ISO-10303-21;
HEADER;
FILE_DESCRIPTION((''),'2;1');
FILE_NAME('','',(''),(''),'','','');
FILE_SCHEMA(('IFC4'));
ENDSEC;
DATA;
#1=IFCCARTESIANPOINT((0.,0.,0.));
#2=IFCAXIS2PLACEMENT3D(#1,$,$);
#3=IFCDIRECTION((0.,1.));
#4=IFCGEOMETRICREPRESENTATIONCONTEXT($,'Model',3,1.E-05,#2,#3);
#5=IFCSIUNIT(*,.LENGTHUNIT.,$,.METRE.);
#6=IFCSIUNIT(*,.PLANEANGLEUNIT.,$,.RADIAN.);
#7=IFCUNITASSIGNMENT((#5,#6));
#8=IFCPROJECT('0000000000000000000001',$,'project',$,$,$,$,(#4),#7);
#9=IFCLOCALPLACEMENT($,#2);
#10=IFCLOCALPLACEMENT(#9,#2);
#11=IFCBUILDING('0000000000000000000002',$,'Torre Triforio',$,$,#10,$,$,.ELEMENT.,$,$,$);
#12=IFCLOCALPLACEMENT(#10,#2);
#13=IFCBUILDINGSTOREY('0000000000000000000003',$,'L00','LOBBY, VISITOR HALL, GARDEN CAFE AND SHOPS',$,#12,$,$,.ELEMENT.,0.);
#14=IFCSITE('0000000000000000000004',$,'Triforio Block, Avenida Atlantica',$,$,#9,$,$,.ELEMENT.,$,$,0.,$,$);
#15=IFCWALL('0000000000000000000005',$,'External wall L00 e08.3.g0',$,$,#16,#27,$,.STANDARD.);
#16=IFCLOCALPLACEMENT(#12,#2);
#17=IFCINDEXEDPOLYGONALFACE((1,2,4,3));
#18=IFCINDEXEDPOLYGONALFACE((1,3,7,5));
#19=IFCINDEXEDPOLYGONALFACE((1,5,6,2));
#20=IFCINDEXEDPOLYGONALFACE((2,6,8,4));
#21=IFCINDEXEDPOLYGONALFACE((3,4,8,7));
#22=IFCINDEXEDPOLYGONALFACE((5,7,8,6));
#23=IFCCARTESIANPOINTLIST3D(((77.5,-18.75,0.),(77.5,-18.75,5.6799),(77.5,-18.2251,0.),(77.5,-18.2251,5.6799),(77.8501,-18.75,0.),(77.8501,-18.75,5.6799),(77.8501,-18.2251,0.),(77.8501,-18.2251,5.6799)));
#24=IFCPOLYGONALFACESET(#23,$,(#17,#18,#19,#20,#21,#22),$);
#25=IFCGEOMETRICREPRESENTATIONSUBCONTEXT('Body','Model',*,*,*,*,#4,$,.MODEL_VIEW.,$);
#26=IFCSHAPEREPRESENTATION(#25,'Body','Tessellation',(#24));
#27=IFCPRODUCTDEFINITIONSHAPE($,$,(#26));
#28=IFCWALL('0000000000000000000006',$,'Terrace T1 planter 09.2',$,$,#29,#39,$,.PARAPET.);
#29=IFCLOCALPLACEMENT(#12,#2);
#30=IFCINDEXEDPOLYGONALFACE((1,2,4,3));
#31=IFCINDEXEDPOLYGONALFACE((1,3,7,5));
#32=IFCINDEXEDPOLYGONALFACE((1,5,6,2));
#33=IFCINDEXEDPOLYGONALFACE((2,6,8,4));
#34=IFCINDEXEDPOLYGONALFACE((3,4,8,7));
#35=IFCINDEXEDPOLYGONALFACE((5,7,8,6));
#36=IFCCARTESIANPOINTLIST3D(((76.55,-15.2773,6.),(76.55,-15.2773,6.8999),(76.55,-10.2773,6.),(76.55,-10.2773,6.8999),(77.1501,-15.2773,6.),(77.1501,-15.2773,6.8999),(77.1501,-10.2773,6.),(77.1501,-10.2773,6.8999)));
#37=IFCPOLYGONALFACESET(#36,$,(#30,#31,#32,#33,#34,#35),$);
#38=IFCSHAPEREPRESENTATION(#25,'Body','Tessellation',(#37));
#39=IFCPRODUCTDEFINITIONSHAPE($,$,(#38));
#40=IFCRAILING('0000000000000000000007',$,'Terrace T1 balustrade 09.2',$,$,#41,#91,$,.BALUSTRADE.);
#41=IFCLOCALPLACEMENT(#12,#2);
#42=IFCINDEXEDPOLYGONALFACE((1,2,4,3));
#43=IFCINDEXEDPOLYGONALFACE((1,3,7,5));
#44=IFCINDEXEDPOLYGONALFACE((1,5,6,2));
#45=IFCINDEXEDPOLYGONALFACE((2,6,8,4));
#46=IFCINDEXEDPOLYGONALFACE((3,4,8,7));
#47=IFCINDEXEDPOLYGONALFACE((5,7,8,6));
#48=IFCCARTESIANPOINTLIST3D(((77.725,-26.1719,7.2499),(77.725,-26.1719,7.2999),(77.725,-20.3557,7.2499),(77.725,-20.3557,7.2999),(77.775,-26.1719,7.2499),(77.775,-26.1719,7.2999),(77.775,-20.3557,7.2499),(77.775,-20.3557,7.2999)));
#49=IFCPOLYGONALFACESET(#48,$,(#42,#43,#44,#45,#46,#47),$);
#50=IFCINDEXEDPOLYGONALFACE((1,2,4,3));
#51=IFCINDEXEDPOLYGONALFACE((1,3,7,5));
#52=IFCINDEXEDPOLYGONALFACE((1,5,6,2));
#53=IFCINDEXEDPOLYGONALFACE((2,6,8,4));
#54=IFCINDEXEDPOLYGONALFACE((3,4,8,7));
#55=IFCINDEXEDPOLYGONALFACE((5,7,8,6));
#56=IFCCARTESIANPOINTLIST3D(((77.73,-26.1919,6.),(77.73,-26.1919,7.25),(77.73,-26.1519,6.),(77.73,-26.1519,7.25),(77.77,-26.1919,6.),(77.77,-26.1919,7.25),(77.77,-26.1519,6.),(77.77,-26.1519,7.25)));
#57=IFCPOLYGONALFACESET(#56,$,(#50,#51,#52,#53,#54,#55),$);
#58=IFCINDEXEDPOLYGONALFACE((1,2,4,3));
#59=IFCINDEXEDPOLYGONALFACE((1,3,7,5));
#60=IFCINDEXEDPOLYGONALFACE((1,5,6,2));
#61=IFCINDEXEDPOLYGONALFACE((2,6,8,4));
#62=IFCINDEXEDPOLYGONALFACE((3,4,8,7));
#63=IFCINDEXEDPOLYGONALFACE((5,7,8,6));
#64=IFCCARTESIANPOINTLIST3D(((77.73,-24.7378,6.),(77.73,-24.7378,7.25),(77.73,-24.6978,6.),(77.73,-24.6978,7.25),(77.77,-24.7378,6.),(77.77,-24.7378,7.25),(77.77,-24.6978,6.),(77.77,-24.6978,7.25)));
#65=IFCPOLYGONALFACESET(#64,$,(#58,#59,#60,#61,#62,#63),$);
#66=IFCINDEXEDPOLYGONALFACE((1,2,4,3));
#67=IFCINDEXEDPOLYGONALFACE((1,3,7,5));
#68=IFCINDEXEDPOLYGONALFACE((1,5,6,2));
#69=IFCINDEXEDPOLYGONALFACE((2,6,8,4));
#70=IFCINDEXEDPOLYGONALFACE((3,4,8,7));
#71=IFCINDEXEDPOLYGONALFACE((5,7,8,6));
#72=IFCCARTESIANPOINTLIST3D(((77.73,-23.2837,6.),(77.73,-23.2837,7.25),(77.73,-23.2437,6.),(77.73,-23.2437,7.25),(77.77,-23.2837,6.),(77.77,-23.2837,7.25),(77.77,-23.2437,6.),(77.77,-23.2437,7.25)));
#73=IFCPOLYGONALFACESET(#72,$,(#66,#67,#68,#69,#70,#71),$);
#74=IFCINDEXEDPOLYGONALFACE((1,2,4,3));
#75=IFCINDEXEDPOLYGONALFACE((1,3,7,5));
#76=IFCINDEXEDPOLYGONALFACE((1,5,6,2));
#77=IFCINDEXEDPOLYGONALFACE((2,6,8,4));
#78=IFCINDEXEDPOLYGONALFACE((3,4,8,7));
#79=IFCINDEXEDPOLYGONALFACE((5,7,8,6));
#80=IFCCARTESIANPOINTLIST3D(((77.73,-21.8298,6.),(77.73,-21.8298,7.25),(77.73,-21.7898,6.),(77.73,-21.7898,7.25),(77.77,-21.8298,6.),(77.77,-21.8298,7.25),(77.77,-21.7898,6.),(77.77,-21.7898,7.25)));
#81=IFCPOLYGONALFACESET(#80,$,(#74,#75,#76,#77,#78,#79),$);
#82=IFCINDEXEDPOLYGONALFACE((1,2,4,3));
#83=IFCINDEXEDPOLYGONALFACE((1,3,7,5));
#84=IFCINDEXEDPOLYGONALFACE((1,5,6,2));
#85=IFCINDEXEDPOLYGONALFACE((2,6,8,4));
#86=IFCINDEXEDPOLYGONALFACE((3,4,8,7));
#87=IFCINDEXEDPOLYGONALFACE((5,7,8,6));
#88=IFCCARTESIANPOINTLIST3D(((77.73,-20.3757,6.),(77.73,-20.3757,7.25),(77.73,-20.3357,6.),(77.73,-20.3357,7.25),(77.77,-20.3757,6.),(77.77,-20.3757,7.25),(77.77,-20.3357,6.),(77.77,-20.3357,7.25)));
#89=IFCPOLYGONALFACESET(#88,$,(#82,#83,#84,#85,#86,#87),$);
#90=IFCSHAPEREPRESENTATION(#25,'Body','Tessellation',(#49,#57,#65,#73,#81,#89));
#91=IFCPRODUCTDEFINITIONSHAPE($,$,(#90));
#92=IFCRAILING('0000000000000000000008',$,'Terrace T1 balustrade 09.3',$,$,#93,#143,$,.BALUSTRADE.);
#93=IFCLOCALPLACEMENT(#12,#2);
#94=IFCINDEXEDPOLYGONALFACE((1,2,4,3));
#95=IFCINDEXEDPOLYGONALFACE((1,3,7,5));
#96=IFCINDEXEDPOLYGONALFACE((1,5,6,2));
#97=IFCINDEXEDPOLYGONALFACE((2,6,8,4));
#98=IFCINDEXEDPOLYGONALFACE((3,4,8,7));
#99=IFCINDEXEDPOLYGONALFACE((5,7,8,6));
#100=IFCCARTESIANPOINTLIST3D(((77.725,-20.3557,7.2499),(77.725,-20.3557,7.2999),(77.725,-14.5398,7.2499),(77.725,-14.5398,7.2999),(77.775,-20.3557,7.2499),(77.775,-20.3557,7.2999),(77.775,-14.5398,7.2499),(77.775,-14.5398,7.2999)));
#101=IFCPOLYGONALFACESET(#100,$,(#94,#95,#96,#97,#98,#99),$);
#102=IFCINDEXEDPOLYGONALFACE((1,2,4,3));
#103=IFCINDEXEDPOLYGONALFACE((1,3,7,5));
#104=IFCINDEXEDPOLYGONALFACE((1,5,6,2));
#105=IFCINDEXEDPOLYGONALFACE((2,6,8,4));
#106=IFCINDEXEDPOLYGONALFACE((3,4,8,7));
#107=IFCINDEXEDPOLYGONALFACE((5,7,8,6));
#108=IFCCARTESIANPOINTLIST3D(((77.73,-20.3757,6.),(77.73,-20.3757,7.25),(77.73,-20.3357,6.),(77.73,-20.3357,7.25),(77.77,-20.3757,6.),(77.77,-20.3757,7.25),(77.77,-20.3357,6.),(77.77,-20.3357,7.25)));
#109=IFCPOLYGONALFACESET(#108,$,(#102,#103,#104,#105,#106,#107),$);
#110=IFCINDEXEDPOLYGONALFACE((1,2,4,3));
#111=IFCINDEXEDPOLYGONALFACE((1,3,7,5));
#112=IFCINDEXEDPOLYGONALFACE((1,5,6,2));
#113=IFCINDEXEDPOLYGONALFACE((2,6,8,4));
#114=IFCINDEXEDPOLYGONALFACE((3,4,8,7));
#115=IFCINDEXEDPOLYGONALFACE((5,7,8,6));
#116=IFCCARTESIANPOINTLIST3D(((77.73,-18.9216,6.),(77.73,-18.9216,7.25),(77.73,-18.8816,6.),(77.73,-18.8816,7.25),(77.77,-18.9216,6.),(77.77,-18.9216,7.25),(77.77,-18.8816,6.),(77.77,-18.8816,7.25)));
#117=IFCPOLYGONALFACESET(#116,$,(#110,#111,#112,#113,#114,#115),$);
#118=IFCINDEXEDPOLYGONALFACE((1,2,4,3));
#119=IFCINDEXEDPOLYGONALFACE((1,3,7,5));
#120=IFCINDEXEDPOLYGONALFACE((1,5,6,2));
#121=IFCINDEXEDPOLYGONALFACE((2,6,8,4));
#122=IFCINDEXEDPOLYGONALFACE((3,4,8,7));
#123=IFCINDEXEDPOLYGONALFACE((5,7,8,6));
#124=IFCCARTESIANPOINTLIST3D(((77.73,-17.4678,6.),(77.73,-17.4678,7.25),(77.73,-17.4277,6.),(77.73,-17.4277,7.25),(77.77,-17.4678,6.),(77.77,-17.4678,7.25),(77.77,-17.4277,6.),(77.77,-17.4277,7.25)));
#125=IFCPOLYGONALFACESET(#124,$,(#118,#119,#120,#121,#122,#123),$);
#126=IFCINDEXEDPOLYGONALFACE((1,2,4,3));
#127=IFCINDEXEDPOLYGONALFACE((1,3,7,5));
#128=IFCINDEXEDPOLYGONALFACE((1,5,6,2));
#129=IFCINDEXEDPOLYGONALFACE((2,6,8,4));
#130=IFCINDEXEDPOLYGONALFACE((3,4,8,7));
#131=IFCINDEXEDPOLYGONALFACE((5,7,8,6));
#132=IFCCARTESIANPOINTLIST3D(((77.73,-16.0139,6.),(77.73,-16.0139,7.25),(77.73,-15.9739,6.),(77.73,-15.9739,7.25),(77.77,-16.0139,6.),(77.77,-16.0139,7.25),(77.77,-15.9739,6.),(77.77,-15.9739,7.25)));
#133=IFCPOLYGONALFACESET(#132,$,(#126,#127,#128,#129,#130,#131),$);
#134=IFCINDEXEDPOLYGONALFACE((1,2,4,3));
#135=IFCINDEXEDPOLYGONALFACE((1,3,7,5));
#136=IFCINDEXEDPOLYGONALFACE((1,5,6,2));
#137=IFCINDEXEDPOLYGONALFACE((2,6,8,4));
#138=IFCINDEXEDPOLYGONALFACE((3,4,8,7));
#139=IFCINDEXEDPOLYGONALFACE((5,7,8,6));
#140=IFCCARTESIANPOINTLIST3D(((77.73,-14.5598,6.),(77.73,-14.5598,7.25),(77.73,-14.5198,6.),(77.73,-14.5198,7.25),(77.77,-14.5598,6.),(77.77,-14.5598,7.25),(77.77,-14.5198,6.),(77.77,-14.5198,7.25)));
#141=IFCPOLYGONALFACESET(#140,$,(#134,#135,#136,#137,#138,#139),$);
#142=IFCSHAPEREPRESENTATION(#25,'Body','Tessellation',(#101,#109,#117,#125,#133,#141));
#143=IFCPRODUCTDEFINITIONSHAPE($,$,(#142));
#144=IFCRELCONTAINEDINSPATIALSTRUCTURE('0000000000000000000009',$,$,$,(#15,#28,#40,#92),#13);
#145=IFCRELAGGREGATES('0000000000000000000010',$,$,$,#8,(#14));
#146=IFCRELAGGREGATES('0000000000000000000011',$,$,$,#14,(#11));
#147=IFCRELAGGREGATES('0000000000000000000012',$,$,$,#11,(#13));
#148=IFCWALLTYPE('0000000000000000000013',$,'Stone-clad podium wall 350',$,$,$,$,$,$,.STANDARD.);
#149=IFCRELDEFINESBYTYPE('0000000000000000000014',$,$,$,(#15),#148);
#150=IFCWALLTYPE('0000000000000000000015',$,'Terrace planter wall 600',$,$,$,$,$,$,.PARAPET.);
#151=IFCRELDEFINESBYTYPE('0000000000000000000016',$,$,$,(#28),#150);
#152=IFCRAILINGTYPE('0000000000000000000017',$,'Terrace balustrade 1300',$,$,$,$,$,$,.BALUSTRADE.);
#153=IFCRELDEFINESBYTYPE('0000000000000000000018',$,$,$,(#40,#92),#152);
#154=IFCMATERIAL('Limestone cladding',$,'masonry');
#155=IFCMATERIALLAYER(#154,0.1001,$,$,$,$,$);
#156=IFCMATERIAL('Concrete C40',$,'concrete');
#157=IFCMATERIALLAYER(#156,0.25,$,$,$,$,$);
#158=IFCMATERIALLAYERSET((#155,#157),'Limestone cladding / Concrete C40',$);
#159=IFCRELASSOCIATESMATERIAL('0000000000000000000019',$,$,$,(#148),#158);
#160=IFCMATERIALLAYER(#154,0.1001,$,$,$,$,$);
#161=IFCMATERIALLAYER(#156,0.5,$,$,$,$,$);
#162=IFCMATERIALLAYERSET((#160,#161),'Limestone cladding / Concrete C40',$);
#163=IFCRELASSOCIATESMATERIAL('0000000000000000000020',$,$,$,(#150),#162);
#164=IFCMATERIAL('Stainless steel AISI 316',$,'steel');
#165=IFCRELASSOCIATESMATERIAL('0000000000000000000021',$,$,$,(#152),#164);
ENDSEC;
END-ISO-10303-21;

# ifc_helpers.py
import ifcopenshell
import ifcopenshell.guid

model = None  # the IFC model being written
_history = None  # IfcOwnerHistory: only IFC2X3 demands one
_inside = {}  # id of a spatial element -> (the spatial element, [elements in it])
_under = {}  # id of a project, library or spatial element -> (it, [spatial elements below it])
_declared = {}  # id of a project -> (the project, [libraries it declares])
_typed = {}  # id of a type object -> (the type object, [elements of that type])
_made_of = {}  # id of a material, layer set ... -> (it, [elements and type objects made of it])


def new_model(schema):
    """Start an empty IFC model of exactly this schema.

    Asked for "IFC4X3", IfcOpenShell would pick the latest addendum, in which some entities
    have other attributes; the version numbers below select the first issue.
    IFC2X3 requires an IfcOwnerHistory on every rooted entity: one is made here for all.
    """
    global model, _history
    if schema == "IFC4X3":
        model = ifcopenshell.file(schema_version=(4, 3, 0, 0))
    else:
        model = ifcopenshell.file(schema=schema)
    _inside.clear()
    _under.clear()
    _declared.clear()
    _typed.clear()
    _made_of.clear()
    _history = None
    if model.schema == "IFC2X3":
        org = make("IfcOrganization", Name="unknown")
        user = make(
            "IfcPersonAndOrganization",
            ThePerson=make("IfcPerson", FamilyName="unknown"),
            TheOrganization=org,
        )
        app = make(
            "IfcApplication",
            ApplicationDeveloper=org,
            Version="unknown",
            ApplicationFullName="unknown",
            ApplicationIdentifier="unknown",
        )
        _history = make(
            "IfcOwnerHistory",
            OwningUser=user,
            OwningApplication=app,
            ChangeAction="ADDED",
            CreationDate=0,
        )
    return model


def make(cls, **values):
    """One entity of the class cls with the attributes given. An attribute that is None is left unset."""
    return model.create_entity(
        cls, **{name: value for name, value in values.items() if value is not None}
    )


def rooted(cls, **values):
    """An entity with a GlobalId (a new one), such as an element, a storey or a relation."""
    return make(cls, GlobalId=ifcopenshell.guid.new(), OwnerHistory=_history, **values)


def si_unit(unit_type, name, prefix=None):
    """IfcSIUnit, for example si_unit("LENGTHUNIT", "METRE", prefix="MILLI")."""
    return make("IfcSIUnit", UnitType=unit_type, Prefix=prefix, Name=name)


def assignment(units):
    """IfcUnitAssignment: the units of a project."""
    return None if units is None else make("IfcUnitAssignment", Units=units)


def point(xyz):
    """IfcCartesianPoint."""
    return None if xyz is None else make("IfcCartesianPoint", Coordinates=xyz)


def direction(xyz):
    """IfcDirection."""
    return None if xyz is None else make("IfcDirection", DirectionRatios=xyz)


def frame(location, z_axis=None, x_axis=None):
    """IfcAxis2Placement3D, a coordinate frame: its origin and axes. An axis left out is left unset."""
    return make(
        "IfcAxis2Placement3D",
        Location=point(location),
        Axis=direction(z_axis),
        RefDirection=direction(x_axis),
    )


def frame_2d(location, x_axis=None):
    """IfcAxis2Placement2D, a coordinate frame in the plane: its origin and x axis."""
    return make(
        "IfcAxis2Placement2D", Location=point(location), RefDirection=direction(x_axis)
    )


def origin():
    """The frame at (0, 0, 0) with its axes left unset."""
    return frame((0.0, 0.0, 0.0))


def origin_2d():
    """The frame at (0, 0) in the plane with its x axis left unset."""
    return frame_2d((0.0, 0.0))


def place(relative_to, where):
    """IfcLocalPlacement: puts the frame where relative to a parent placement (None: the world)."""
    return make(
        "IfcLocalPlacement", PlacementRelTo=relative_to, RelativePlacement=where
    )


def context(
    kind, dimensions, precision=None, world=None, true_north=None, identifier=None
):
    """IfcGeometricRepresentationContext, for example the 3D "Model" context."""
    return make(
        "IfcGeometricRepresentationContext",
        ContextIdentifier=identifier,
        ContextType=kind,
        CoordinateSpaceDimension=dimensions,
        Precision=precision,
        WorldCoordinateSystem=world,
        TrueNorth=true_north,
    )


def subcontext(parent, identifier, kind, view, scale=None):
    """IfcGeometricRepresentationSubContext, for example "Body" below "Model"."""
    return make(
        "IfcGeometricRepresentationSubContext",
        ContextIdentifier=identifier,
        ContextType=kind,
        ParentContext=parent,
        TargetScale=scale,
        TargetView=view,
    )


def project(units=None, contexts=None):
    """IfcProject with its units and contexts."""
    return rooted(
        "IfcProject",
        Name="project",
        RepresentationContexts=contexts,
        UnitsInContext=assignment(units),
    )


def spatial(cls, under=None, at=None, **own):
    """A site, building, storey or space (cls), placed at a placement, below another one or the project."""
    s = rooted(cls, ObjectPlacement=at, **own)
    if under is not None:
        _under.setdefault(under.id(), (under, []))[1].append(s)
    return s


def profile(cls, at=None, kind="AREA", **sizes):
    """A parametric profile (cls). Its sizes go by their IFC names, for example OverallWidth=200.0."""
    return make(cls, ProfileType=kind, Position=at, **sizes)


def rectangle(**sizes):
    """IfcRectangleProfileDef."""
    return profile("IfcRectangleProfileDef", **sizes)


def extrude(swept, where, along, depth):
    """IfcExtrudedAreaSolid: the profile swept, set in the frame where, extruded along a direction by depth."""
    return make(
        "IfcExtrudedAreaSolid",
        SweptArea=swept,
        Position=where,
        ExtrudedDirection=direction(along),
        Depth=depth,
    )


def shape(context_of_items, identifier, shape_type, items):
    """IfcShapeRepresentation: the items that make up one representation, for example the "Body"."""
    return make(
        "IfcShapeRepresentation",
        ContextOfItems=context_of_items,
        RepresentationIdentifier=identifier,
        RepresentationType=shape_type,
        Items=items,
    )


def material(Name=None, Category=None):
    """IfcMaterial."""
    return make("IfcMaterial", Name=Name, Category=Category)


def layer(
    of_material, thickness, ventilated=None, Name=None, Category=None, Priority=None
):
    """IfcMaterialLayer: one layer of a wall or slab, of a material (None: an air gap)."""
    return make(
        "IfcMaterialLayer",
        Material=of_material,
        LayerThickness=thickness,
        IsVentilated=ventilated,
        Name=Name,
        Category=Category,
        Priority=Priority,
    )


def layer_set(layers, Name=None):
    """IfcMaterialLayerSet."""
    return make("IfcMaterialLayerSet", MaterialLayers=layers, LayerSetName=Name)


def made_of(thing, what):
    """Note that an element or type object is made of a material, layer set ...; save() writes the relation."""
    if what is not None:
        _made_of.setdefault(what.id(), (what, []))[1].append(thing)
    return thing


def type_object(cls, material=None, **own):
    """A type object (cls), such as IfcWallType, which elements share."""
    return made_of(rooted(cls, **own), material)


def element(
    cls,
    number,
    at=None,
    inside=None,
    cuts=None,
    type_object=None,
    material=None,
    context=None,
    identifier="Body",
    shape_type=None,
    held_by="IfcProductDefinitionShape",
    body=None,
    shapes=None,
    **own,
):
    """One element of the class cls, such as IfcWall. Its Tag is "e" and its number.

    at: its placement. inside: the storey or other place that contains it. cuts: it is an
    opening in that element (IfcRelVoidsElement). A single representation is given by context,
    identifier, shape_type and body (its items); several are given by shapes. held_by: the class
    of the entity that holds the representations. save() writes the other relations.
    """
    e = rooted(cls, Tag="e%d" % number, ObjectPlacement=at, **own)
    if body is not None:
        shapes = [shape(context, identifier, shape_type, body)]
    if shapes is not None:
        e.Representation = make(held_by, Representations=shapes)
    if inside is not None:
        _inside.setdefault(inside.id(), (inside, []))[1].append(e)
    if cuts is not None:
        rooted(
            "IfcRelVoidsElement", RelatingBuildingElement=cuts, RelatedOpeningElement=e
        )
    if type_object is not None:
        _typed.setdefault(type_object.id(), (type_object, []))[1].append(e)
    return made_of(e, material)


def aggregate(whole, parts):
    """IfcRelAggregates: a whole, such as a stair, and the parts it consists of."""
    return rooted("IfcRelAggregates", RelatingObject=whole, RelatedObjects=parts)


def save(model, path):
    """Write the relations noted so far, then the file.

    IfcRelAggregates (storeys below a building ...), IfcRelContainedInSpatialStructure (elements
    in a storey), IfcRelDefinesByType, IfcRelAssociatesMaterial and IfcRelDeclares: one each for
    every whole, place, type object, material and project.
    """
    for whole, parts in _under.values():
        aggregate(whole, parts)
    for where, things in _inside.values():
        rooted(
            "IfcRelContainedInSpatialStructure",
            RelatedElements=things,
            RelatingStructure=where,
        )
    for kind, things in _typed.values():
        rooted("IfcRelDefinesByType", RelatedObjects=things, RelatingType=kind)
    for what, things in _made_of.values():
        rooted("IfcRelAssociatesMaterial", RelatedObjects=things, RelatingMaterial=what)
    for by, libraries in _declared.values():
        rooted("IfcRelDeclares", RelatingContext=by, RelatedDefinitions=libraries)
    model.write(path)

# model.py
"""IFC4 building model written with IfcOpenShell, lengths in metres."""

from ifc_helpers import new_model, si_unit, direction, frame, frame_2d, origin, origin_2d, place, context, subcontext, project, spatial, rectangle, extrude, material, layer, layer_set, type_object, element, save


model = new_model("IFC4")

# Units and contexts
model_context = context("Model", 3, precision=1e-05, world=origin(), true_north=direction((0.0, 1.0)))
body_context = subcontext(model_context, "Body", "Model", "MODEL_VIEW")
ifc_project = project(units=[si_unit("LENGTHUNIT", "METRE"), si_unit("PLANEANGLEUNIT", "RADIAN")], contexts=[model_context])

# Site, building, storey
site_placement = place(None, origin())
site = spatial("IfcSite", under=ifc_project, at=site_placement, Name="Triforio Block, Avenida Atlantica", CompositionType="ELEMENT", RefElevation=0.0)
building_placement = place(site_placement, origin())
building = spatial("IfcBuilding", under=site, at=building_placement, Name="Torre Triforio", CompositionType="ELEMENT")
storey_placement = place(building_placement, origin())
storey = spatial("IfcBuildingStorey", under=building, at=storey_placement, Name="L00", Description="LOBBY, VISITOR HALL, GARDEN CAFE AND SHOPS", CompositionType="ELEMENT", Elevation=0.0)

# Shared definitions
ifc_material_1 = material(Name="Concrete C40", Category="concrete")
ifc_material_2 = material(Name="Limestone cladding", Category="masonry")
ifc_layer_1 = layer(ifc_material_2, 0.1001)
ifc_layer_2 = layer(ifc_material_1, 0.25)
ifc_layer_set_1 = layer_set([ifc_layer_1, ifc_layer_2], Name="Limestone cladding / Concrete C40")
wall_type_1 = type_object("IfcWallType", Name="Stone-clad podium wall 350", PredefinedType="STANDARD", material=ifc_layer_set_1)

# Walls
wall_1_placement = place(storey_placement, frame((77.675, -18.75, 0.0), z_axis=(0.0, 0.0, 1.0), x_axis=(0.0, 1.0, 0.0)))
element("IfcWall", 1, at=wall_1_placement, inside=storey, type_object=wall_type_1, Name="External wall L00 e08.3.g0", PredefinedType="STANDARD", context=body_context, shape_type="SweptSolid", body=[
    extrude(rectangle(XDim=0.5249, YDim=0.3501, at=frame_2d((0.2625, 0.0))), origin(), (0.0, 0.0, 1.0), 5.6799),
])
ifc_layer_3 = layer(ifc_material_2, 0.1001)
ifc_layer_4 = layer(ifc_material_1, 0.5)
ifc_layer_set_2 = layer_set([ifc_layer_3, ifc_layer_4], Name="Limestone cladding / Concrete C40")
wall_type_2 = type_object("IfcWallType", Name="Terrace planter wall 600", PredefinedType="PARAPET", material=ifc_layer_set_2)
wall_2_placement = place(storey_placement, frame((76.8501, -15.2773, 6.0), z_axis=(0.0, 0.0, 1.0), x_axis=(0.0, 1.0, 0.0)))
element("IfcWall", 2, at=wall_2_placement, inside=storey, type_object=wall_type_2, Name="Terrace T1 planter 09.2", PredefinedType="PARAPET", context=body_context, shape_type="SweptSolid", body=[
    extrude(rectangle(XDim=5.0, YDim=0.6001, at=frame_2d((2.5, 0.0))), origin(), (0.0, 0.0, 1.0), 0.8999),
])

# Railings
ifc_material_3 = material(Name="Stainless steel AISI 316", Category="steel")
railing_type = type_object("IfcRailingType", Name="Terrace balustrade 1300", PredefinedType="BALUSTRADE", material=ifc_material_3)
railing_1_placement = place(storey_placement, frame((77.75, -26.1719, 6.0)))
element("IfcRailing", 3, at=railing_1_placement, inside=storey, type_object=railing_type, Name="Terrace T1 balustrade 09.2", PredefinedType="BALUSTRADE", context=body_context, shape_type="SweptSolid", body=[
    extrude(rectangle(XDim=0.05, YDim=0.05, at=origin_2d()), frame((0.0, 0.0, 1.2749), z_axis=(0.0, 1.0, 0.0), x_axis=(-1.0, 0.0, 0.0)), (0.0, 0.0, 1.0), 5.8162),
    extrude(rectangle(XDim=0.04, YDim=0.04, at=origin_2d()), origin(), (0.0, 0.0, 1.0), 1.25),
    extrude(rectangle(XDim=0.04, YDim=0.04, at=origin_2d()), frame((0.0, 1.4541, 0.0)), (0.0, 0.0, 1.0), 1.25),
    extrude(rectangle(XDim=0.04, YDim=0.04, at=origin_2d()), frame((0.0, 2.9082, 0.0)), (0.0, 0.0, 1.0), 1.25),
    extrude(rectangle(XDim=0.04, YDim=0.04, at=origin_2d()), frame((0.0, 4.3621, 0.0)), (0.0, 0.0, 1.0), 1.25),
    extrude(rectangle(XDim=0.04, YDim=0.04, at=origin_2d()), frame((0.0, 5.8162, 0.0)), (0.0, 0.0, 1.0), 1.25),
])
railing_2_placement = place(storey_placement, frame((77.75, -20.3557, 6.0)))
element("IfcRailing", 4, at=railing_2_placement, inside=storey, type_object=railing_type, Name="Terrace T1 balustrade 09.3", PredefinedType="BALUSTRADE", context=body_context, shape_type="SweptSolid", body=[
    extrude(rectangle(XDim=0.05, YDim=0.05, at=origin_2d()), frame((0.0, 0.0, 1.2749), z_axis=(0.0, 1.0, 0.0), x_axis=(-1.0, 0.0, 0.0)), (0.0, 0.0, 1.0), 5.8159),
    extrude(rectangle(XDim=0.04, YDim=0.04, at=origin_2d()), origin(), (0.0, 0.0, 1.0), 1.25),
    extrude(rectangle(XDim=0.04, YDim=0.04, at=origin_2d()), frame((0.0, 1.4541, 0.0)), (0.0, 0.0, 1.0), 1.25),
    extrude(rectangle(XDim=0.04, YDim=0.04, at=origin_2d()), frame((0.0, 2.908, 0.0)), (0.0, 0.0, 1.0), 1.25),
    extrude(rectangle(XDim=0.04, YDim=0.04, at=origin_2d()), frame((0.0, 4.3618, 0.0)), (0.0, 0.0, 1.0), 1.25),
    extrude(rectangle(XDim=0.04, YDim=0.04, at=origin_2d()), frame((0.0, 5.8159, 0.0)), (0.0, 0.0, 1.0), 1.25),
])

save(model, "model.ifc")
